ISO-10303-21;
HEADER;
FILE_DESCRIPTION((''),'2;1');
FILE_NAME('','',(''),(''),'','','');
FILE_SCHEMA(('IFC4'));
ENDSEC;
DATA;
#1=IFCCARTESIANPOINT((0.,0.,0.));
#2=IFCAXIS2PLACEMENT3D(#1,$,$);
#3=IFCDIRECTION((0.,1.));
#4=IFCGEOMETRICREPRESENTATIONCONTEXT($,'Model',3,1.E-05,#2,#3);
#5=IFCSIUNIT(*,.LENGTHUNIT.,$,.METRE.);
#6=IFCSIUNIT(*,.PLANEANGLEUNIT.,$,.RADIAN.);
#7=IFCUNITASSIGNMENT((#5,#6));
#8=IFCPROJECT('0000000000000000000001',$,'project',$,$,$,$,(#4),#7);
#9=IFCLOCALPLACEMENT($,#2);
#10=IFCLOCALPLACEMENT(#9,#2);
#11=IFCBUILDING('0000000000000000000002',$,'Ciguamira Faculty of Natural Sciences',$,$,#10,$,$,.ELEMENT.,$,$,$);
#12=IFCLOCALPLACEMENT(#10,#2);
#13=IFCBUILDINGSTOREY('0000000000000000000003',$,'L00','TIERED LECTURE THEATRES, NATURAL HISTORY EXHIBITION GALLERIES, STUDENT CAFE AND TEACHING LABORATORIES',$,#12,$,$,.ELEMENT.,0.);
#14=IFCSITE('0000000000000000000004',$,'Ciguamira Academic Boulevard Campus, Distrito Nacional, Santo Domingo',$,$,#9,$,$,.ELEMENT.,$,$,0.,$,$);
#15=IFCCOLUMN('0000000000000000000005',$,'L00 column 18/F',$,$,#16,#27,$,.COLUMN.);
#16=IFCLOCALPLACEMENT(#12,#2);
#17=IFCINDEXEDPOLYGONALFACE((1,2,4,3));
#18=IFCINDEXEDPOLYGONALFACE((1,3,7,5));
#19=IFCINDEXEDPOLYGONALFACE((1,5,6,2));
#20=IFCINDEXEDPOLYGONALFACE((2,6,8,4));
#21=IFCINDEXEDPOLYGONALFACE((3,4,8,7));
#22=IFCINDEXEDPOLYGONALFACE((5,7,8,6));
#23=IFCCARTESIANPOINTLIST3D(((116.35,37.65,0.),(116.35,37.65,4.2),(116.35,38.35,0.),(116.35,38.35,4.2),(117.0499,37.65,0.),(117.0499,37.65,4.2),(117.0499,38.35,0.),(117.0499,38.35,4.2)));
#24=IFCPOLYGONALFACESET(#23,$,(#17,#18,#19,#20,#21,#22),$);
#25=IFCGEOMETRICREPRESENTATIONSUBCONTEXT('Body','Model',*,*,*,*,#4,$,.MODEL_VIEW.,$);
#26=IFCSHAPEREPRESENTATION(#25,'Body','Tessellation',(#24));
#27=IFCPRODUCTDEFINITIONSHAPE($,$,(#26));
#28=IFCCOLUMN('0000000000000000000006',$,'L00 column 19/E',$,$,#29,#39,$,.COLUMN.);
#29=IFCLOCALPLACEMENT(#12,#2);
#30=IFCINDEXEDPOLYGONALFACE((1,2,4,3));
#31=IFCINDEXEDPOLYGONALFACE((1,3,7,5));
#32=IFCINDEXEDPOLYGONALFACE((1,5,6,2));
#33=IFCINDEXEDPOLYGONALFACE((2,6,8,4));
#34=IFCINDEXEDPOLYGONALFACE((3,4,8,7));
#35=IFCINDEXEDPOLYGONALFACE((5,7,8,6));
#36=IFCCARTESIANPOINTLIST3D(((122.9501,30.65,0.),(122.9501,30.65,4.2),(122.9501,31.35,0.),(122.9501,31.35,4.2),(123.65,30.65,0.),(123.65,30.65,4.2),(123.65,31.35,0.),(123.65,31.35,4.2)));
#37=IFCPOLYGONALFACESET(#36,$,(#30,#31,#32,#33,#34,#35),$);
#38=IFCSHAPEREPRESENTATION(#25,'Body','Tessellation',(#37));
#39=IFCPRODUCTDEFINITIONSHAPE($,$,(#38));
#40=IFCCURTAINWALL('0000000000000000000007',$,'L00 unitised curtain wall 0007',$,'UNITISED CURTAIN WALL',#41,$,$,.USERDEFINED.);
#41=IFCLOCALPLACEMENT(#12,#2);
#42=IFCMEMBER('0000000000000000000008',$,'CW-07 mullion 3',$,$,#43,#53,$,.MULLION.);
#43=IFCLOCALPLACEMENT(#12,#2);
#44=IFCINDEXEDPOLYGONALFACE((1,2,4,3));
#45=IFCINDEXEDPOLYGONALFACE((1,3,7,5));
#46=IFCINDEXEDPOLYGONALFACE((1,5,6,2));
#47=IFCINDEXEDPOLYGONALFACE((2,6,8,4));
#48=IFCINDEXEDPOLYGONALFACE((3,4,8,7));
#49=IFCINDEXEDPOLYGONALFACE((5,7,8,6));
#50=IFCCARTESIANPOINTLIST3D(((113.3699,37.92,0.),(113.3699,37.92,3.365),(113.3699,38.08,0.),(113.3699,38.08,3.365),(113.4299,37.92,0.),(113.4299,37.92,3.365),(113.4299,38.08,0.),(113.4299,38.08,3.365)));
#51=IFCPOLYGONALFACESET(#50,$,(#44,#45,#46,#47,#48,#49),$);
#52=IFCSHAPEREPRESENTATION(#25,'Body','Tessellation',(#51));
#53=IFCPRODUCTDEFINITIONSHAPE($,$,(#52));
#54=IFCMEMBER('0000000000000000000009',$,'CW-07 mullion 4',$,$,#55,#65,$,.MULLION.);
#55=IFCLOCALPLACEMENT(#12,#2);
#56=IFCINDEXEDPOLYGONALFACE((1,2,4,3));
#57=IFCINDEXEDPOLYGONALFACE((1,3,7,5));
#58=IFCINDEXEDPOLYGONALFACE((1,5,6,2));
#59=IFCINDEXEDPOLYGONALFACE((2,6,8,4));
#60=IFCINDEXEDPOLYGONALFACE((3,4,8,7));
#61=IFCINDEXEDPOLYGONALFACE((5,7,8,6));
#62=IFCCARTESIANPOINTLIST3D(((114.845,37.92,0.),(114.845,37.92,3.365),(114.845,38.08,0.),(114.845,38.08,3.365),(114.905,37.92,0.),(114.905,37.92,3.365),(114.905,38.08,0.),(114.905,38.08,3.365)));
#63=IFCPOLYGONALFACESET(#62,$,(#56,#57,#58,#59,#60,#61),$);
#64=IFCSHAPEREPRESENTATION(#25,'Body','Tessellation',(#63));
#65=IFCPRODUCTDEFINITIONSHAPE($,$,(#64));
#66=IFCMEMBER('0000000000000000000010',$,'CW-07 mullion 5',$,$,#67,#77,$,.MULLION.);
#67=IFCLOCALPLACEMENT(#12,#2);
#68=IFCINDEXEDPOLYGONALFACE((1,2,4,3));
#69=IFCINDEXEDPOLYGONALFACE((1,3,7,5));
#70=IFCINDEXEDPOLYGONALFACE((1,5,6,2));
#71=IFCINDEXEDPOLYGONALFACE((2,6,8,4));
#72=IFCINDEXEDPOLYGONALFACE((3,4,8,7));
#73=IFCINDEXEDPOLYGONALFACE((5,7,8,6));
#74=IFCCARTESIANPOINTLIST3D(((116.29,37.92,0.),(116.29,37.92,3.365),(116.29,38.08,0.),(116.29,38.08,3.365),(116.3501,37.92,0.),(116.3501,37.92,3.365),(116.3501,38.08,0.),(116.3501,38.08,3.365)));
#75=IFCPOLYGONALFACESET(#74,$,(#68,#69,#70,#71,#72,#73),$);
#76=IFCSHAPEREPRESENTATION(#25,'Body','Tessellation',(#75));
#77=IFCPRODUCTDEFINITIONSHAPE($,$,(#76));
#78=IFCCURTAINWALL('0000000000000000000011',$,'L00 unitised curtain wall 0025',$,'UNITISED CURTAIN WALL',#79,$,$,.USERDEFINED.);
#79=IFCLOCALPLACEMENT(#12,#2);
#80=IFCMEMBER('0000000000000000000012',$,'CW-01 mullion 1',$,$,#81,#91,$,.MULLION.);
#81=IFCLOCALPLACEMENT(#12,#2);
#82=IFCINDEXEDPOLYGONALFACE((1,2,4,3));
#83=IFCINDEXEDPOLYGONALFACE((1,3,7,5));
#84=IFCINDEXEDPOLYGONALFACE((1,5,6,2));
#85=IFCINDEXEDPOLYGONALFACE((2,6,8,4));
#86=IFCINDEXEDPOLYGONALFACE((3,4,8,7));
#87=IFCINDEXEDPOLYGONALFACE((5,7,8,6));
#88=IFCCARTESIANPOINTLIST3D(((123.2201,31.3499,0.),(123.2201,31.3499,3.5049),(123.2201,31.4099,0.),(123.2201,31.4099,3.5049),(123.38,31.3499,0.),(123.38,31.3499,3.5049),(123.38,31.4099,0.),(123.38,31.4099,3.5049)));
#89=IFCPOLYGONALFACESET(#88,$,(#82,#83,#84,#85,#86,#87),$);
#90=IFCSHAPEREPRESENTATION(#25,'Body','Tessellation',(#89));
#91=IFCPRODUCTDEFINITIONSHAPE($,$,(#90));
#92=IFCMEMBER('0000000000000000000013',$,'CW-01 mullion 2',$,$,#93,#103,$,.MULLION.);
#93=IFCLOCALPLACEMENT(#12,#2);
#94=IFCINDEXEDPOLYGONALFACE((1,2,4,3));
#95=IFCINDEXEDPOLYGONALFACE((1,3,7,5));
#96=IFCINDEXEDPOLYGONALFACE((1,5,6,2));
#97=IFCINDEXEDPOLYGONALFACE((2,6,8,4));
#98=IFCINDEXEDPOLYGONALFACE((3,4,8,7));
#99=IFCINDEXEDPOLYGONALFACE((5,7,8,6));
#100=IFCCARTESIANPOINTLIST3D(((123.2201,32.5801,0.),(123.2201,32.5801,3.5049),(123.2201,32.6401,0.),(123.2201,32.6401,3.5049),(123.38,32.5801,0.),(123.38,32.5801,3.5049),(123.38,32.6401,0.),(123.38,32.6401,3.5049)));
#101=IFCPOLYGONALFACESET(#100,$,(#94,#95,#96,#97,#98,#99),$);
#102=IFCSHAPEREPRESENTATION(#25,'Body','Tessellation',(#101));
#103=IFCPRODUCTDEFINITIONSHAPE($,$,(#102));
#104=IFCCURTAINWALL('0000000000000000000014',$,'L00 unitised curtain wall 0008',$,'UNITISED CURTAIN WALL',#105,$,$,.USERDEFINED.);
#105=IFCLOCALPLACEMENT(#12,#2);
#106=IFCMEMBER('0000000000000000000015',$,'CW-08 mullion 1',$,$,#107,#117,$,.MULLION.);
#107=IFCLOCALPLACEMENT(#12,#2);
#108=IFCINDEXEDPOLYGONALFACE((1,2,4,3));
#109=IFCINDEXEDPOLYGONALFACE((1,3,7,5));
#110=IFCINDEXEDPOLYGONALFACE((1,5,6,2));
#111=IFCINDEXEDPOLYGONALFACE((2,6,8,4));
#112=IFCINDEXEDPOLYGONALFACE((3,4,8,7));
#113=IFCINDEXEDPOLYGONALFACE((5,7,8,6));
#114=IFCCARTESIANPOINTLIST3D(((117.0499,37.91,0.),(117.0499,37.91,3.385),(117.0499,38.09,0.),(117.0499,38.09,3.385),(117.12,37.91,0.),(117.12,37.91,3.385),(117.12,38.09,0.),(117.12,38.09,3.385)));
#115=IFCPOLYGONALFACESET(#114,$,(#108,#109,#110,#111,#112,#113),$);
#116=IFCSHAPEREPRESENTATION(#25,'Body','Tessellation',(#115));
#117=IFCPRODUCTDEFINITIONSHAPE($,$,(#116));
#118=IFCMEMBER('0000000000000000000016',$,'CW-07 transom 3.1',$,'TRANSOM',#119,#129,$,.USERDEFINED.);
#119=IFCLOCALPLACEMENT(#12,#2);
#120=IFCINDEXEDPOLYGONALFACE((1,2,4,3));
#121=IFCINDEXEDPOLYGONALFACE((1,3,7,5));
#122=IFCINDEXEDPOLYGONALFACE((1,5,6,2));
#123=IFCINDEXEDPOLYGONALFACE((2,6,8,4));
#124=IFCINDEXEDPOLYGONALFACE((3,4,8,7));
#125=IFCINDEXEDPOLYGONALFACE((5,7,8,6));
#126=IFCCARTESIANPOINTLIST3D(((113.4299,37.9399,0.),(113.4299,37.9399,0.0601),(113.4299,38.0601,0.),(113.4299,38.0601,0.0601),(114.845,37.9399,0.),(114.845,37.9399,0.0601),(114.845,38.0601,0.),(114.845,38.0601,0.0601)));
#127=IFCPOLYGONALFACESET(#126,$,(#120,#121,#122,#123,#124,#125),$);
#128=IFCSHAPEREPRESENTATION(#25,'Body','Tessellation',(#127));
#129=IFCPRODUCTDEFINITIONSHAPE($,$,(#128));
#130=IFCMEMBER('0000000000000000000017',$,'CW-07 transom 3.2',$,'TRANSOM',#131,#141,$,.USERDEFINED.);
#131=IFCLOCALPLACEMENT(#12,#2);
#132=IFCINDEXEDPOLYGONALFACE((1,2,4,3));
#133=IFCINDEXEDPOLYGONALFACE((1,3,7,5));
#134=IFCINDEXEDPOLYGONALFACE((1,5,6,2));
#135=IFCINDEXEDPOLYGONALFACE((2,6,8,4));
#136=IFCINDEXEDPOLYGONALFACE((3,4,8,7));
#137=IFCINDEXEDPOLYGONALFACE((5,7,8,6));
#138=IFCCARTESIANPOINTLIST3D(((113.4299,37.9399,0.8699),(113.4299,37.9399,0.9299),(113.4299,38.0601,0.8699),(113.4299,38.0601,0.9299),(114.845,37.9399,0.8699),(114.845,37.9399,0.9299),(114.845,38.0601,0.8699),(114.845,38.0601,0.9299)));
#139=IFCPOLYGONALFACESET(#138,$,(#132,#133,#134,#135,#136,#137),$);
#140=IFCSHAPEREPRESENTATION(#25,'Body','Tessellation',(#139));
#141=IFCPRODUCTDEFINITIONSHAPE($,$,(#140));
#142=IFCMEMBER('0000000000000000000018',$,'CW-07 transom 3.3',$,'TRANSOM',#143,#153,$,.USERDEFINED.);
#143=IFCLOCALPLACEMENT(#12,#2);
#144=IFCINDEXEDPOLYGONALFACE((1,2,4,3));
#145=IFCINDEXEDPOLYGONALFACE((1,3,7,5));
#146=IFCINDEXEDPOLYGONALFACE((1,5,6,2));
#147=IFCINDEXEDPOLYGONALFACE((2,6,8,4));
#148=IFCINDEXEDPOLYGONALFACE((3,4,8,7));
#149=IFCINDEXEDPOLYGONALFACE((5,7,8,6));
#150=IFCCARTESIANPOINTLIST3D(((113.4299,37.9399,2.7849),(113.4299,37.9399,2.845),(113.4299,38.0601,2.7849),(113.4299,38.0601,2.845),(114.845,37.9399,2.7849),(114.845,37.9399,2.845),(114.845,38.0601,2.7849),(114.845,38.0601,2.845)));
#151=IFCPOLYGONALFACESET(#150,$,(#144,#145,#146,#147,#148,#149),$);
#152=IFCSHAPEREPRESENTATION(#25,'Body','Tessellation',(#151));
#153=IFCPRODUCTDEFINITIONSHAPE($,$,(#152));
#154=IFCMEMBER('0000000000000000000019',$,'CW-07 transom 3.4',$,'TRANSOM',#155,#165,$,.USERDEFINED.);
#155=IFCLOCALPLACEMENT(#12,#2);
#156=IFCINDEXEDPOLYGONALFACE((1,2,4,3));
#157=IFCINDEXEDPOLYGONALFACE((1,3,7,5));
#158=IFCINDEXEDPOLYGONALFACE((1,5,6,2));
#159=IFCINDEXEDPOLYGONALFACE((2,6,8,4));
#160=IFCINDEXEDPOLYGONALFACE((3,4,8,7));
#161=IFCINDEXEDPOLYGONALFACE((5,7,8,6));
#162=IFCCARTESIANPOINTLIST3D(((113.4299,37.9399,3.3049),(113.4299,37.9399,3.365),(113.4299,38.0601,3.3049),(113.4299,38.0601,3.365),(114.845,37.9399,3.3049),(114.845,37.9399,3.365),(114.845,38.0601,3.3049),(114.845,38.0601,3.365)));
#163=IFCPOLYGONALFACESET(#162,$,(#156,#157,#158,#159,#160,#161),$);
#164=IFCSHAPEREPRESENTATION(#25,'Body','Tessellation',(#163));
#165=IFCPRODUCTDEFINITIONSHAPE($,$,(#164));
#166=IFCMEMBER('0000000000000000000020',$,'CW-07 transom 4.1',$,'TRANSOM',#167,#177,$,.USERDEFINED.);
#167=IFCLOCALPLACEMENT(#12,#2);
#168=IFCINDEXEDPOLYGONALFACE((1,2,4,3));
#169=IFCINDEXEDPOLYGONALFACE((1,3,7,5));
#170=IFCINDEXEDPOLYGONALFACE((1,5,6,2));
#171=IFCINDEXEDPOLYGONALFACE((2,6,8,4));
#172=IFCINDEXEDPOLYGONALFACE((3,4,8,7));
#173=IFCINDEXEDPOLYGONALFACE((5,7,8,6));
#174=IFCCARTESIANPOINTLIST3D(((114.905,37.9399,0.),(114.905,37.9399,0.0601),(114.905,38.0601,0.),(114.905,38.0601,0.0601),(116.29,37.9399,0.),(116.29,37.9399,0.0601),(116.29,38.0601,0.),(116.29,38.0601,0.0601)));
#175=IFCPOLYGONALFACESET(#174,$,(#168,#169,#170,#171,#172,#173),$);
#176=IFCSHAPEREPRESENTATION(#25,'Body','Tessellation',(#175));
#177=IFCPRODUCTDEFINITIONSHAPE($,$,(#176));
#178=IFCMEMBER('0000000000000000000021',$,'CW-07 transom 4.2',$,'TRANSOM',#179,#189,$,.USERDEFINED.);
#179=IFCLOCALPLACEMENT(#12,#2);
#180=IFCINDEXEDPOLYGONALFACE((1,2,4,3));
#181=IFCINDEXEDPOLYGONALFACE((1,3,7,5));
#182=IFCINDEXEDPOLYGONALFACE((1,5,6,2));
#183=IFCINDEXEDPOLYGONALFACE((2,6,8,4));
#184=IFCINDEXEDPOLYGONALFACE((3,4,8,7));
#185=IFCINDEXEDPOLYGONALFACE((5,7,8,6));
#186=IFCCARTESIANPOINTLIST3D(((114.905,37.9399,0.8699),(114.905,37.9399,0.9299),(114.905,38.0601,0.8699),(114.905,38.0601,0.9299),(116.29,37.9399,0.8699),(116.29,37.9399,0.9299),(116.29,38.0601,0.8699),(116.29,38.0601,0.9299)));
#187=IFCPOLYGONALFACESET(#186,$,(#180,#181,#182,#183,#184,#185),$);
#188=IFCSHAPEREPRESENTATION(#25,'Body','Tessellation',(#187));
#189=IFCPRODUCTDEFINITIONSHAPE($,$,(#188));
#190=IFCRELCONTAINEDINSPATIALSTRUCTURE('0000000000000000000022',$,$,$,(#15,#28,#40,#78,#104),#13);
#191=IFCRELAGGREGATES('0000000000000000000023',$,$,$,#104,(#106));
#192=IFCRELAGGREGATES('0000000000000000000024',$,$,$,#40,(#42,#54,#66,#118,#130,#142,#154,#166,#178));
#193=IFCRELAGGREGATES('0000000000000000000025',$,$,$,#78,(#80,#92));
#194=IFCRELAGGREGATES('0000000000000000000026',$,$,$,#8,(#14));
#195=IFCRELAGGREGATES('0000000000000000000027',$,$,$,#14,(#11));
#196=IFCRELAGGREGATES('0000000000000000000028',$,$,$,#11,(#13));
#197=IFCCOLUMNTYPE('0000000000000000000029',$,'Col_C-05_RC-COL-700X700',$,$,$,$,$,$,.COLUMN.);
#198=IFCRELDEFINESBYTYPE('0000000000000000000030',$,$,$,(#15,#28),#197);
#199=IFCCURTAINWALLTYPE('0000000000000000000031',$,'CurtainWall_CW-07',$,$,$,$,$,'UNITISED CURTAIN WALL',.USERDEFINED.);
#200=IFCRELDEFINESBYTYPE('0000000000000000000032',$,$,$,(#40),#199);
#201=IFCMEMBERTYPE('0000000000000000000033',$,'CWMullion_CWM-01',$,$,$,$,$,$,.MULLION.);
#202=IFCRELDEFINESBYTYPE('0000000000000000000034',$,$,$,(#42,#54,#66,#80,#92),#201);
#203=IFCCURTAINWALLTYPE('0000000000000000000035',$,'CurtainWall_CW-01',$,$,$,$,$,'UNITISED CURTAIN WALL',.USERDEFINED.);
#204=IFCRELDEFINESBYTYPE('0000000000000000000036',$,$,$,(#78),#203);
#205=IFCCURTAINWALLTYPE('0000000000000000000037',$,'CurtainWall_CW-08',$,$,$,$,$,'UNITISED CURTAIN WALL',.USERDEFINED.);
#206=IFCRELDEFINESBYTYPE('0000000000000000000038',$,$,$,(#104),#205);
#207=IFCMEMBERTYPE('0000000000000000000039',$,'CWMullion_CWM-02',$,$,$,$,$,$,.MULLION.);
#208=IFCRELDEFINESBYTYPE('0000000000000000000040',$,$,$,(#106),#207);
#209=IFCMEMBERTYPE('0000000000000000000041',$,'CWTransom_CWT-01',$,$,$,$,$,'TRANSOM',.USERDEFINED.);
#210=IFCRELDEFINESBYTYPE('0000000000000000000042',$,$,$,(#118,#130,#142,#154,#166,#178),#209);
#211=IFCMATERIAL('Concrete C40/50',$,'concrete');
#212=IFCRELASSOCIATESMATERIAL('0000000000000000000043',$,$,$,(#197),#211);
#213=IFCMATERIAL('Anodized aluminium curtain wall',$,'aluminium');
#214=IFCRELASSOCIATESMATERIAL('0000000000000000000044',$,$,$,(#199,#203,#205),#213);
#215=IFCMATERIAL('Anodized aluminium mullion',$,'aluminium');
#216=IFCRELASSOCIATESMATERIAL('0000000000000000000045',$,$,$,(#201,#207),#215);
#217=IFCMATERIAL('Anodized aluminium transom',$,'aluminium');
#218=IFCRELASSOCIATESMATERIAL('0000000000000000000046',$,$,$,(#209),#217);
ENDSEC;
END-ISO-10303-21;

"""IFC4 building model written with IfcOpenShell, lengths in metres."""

from ifc_helpers import new_model, si_unit, direction, frame, origin, origin_2d, place, context, subcontext, project, spatial, rectangle, extrude, material, material_profile, profile_set, type_object, element, aggregate, save


model = new_model("IFC4")

# Units and contexts
model_context = context("Model", 3, precision=1e-05, world=origin(), true_north=direction((0.0, 1.0)))
body_context = subcontext(model_context, "Body", "Model", "MODEL_VIEW")
ifc_project = project(units=[si_unit("LENGTHUNIT", "METRE"), si_unit("PLANEANGLEUNIT", "RADIAN")], contexts=[model_context])

# Site, building, storey
site_placement = place(None, origin())
site = spatial("IfcSite", under=ifc_project, at=site_placement, Name="Ciguamira Academic Boulevard Campus, Distrito Nacional, Santo Domingo", CompositionType="ELEMENT", RefElevation=0.0)
building_placement = place(site_placement, origin())
building = spatial("IfcBuilding", under=site, at=building_placement, Name="Ciguamira Faculty of Natural Sciences", CompositionType="ELEMENT")
storey_placement = place(building_placement, origin())
storey = spatial("IfcBuildingStorey", under=building, at=storey_placement, Name="L00", Description="TIERED LECTURE THEATRES, NATURAL HISTORY EXHIBITION GALLERIES, STUDENT CAFE AND TEACHING LABORATORIES", CompositionType="ELEMENT", Elevation=0.0)

# Columns
ifc_material_1 = material(Name="Concrete C40/50", Category="concrete")
ifc_material_profile_1 = material_profile(ifc_material_1, rectangle(XDim=0.7, YDim=0.7, at=origin_2d()), Name="RC-COL-700X700")
ifc_profile_set_1 = profile_set([ifc_material_profile_1], Name="Concrete C40/50")
column_type = type_object("IfcColumnType", Name="Col_C-05_RC-COL-700X700", PredefinedType="COLUMN", material=ifc_profile_set_1)
for number, where, z_axis, x_axis, name in (
    (1, (116.7, 38.0, 0.0), (0.0, 0.0, 1.0), (1.0, 0.0, 0.0), "L00 column 18/F"),
    (2, (123.3, 31.0, 0.0), (0.0, 0.0, 1.0), (1.0, 0.0, 0.0), "L00 column 19/E"),
):
    element("IfcColumn", number, at=place(storey_placement, frame(where, z_axis=z_axis, x_axis=x_axis)), inside=storey, type_object=column_type, Name=name, PredefinedType="COLUMN", context=body_context, shape_type="SweptSolid", body=[
        extrude(rectangle(XDim=0.7, YDim=0.7, at=origin_2d()), origin(), (0.0, 0.0, 1.0), 4.2),
    ])

# Curtain walls, members
ifc_material_2 = material(Name="Anodized aluminium curtain wall", Category="aluminium")
curtain_wall_type_1 = type_object("IfcCurtainWallType", Name="CurtainWall_CW-07", ElementType="UNITISED CURTAIN WALL", PredefinedType="USERDEFINED", material=ifc_material_2)
curtain_wall_1_placement = place(storey_placement, origin())
curtain_wall_1 = element("IfcCurtainWall", 3, at=curtain_wall_1_placement, inside=storey, type_object=curtain_wall_type_1, Name="L00 unitised curtain wall 0007", ObjectType="UNITISED CURTAIN WALL", PredefinedType="USERDEFINED")
ifc_material_3 = material(Name="Anodized aluminium mullion", Category="aluminium")
ifc_material_profile_2 = material_profile(ifc_material_3, rectangle(XDim=0.0601, YDim=0.1599, at=origin_2d()), Name="ALU-MUL-60X160")
ifc_profile_set_2 = profile_set([ifc_material_profile_2], Name="Anodized aluminium mullion")
member_type_1 = type_object("IfcMemberType", Name="CWMullion_CWM-01", PredefinedType="MULLION", material=ifc_profile_set_2)
member_1_placement = place(storey_placement, frame((113.3999, 38.0, 0.0), z_axis=(0.0, 0.0, 1.0), x_axis=(1.0, 0.0, 0.0)))
member_1 = element("IfcMember", 4, at=member_1_placement, type_object=member_type_1, Name="CW-07 mullion 3", PredefinedType="MULLION", context=body_context, shape_type="SweptSolid", body=[
    extrude(rectangle(XDim=0.0601, YDim=0.1599, at=origin_2d()), origin(), (0.0, 0.0, 1.0), 3.365),
])
member_2_placement = place(storey_placement, frame((114.875, 38.0, 0.0), z_axis=(0.0, 0.0, 1.0), x_axis=(1.0, 0.0, 0.0)))
member_2 = element("IfcMember", 5, at=member_2_placement, type_object=member_type_1, Name="CW-07 mullion 4", PredefinedType="MULLION", context=body_context, shape_type="SweptSolid", body=[
    extrude(rectangle(XDim=0.0601, YDim=0.1599, at=origin_2d()), origin(), (0.0, 0.0, 1.0), 3.365),
])
member_3_placement = place(storey_placement, frame((116.3201, 38.0, 0.0), z_axis=(0.0, 0.0, 1.0), x_axis=(1.0, 0.0, 0.0)))
member_3 = element("IfcMember", 6, at=member_3_placement, type_object=member_type_1, Name="CW-07 mullion 5", PredefinedType="MULLION", context=body_context, shape_type="SweptSolid", body=[
    extrude(rectangle(XDim=0.0601, YDim=0.1599, at=origin_2d()), origin(), (0.0, 0.0, 1.0), 3.365),
])
curtain_wall_type_2 = type_object("IfcCurtainWallType", Name="CurtainWall_CW-01", ElementType="UNITISED CURTAIN WALL", PredefinedType="USERDEFINED", material=ifc_material_2)
curtain_wall_2_placement = place(storey_placement, origin())
curtain_wall_2 = element("IfcCurtainWall", 7, at=curtain_wall_2_placement, inside=storey, type_object=curtain_wall_type_2, Name="L00 unitised curtain wall 0025", ObjectType="UNITISED CURTAIN WALL", PredefinedType="USERDEFINED")
member_4_placement = place(storey_placement, frame((123.3, 31.3799, 0.0), z_axis=(0.0, 0.0, 1.0), x_axis=(0.0, 1.0, 0.0)))
member_4 = element("IfcMember", 8, at=member_4_placement, type_object=member_type_1, Name="CW-01 mullion 1", PredefinedType="MULLION", context=body_context, shape_type="SweptSolid", body=[
    extrude(rectangle(XDim=0.0601, YDim=0.1599, at=origin_2d()), origin(), (0.0, 0.0, 1.0), 3.5049),
])
member_5_placement = place(storey_placement, frame((123.3, 32.6101, 0.0), z_axis=(0.0, 0.0, 1.0), x_axis=(0.0, 1.0, 0.0)))
member_5 = element("IfcMember", 9, at=member_5_placement, type_object=member_type_1, Name="CW-01 mullion 2", PredefinedType="MULLION", context=body_context, shape_type="SweptSolid", body=[
    extrude(rectangle(XDim=0.0601, YDim=0.1599, at=origin_2d()), origin(), (0.0, 0.0, 1.0), 3.5049),
])

# Curtain wall, member
curtain_wall_type_3 = type_object("IfcCurtainWallType", Name="CurtainWall_CW-08", ElementType="UNITISED CURTAIN WALL", PredefinedType="USERDEFINED", material=ifc_material_2)
curtain_wall_3_placement = place(storey_placement, origin())
curtain_wall_3 = element("IfcCurtainWall", 10, at=curtain_wall_3_placement, inside=storey, type_object=curtain_wall_type_3, Name="L00 unitised curtain wall 0008", ObjectType="UNITISED CURTAIN WALL", PredefinedType="USERDEFINED")
ifc_material_profile_3 = material_profile(ifc_material_3, rectangle(XDim=0.0701, YDim=0.1799, at=origin_2d()), Name="ALU-MUL-70X180")
ifc_profile_set_3 = profile_set([ifc_material_profile_3], Name="Anodized aluminium mullion")
member_type_2 = type_object("IfcMemberType", Name="CWMullion_CWM-02", PredefinedType="MULLION", material=ifc_profile_set_3)
member_6_placement = place(storey_placement, frame((117.085, 38.0, 0.0), z_axis=(0.0, 0.0, 1.0), x_axis=(1.0, 0.0, 0.0)))
member_6 = element("IfcMember", 11, at=member_6_placement, type_object=member_type_2, Name="CW-08 mullion 1", PredefinedType="MULLION", context=body_context, shape_type="SweptSolid", body=[
    extrude(rectangle(XDim=0.0701, YDim=0.1799, at=origin_2d()), origin(), (0.0, 0.0, 1.0), 3.385),
])
aggregate(curtain_wall_3, [member_6])

# Members
ifc_material_4 = material(Name="Anodized aluminium transom", Category="aluminium")
ifc_material_profile_4 = material_profile(ifc_material_4, rectangle(XDim=0.0601, YDim=0.1201, at=origin_2d()), Name="ALU-TRN-60X120")
ifc_profile_set_4 = profile_set([ifc_material_profile_4], Name="Anodized aluminium transom")
member_type_3 = type_object("IfcMemberType", Name="CWTransom_CWT-01", ElementType="TRANSOM", PredefinedType="USERDEFINED", material=ifc_profile_set_4)
member_7_placement = place(storey_placement, frame((113.4299, 38.0, 0.03), z_axis=(1.0, 0.0, 0.0), x_axis=(0.0, 0.0, 1.0)))
member_7 = element("IfcMember", 12, at=member_7_placement, type_object=member_type_3, Name="CW-07 transom 3.1", ObjectType="TRANSOM", PredefinedType="USERDEFINED", context=body_context, shape_type="SweptSolid", body=[
    extrude(rectangle(XDim=0.0601, YDim=0.1201, at=origin_2d()), origin(), (0.0, 0.0, 1.0), 1.415),
])
member_8_placement = place(storey_placement, frame((113.4299, 38.0, 0.8999), z_axis=(1.0, 0.0, 0.0), x_axis=(0.0, 0.0, 1.0)))
member_8 = element("IfcMember", 13, at=member_8_placement, type_object=member_type_3, Name="CW-07 transom 3.2", ObjectType="TRANSOM", PredefinedType="USERDEFINED", context=body_context, shape_type="SweptSolid", body=[
    extrude(rectangle(XDim=0.0601, YDim=0.1201, at=origin_2d()), origin(), (0.0, 0.0, 1.0), 1.415),
])
member_9_placement = place(storey_placement, frame((113.4299, 38.0, 2.8149), z_axis=(1.0, 0.0, 0.0), x_axis=(0.0, 0.0, 1.0)))
member_9 = element("IfcMember", 14, at=member_9_placement, type_object=member_type_3, Name="CW-07 transom 3.3", ObjectType="TRANSOM", PredefinedType="USERDEFINED", context=body_context, shape_type="SweptSolid", body=[
    extrude(rectangle(XDim=0.0601, YDim=0.1201, at=origin_2d()), origin(), (0.0, 0.0, 1.0), 1.415),
])
member_10_placement = place(storey_placement, frame((113.4299, 38.0, 3.335), z_axis=(1.0, 0.0, 0.0), x_axis=(0.0, 0.0, 1.0)))
member_10 = element("IfcMember", 15, at=member_10_placement, type_object=member_type_3, Name="CW-07 transom 3.4", ObjectType="TRANSOM", PredefinedType="USERDEFINED", context=body_context, shape_type="SweptSolid", body=[
    extrude(rectangle(XDim=0.0601, YDim=0.1201, at=origin_2d()), origin(), (0.0, 0.0, 1.0), 1.415),
])
member_11_placement = place(storey_placement, frame((114.905, 38.0, 0.03), z_axis=(1.0, 0.0, 0.0), x_axis=(0.0, 0.0, 1.0)))
member_11 = element("IfcMember", 16, at=member_11_placement, type_object=member_type_3, Name="CW-07 transom 4.1", ObjectType="TRANSOM", PredefinedType="USERDEFINED", context=body_context, shape_type="SweptSolid", body=[
    extrude(rectangle(XDim=0.0601, YDim=0.1201, at=origin_2d()), origin(), (0.0, 0.0, 1.0), 1.385),
])
member_12_placement = place(storey_placement, frame((114.905, 38.0, 0.8999), z_axis=(1.0, 0.0, 0.0), x_axis=(0.0, 0.0, 1.0)))
member_12 = element("IfcMember", 17, at=member_12_placement, type_object=member_type_3, Name="CW-07 transom 4.2", ObjectType="TRANSOM", PredefinedType="USERDEFINED", context=body_context, shape_type="SweptSolid", body=[
    extrude(rectangle(XDim=0.0601, YDim=0.1201, at=origin_2d()), origin(), (0.0, 0.0, 1.0), 1.385),
])

aggregate(curtain_wall_1, [member_1, member_2, member_3, member_7, member_8, member_9, member_10, member_11, member_12])
aggregate(curtain_wall_2, [member_4, member_5])

save(model, "model.ifc")
